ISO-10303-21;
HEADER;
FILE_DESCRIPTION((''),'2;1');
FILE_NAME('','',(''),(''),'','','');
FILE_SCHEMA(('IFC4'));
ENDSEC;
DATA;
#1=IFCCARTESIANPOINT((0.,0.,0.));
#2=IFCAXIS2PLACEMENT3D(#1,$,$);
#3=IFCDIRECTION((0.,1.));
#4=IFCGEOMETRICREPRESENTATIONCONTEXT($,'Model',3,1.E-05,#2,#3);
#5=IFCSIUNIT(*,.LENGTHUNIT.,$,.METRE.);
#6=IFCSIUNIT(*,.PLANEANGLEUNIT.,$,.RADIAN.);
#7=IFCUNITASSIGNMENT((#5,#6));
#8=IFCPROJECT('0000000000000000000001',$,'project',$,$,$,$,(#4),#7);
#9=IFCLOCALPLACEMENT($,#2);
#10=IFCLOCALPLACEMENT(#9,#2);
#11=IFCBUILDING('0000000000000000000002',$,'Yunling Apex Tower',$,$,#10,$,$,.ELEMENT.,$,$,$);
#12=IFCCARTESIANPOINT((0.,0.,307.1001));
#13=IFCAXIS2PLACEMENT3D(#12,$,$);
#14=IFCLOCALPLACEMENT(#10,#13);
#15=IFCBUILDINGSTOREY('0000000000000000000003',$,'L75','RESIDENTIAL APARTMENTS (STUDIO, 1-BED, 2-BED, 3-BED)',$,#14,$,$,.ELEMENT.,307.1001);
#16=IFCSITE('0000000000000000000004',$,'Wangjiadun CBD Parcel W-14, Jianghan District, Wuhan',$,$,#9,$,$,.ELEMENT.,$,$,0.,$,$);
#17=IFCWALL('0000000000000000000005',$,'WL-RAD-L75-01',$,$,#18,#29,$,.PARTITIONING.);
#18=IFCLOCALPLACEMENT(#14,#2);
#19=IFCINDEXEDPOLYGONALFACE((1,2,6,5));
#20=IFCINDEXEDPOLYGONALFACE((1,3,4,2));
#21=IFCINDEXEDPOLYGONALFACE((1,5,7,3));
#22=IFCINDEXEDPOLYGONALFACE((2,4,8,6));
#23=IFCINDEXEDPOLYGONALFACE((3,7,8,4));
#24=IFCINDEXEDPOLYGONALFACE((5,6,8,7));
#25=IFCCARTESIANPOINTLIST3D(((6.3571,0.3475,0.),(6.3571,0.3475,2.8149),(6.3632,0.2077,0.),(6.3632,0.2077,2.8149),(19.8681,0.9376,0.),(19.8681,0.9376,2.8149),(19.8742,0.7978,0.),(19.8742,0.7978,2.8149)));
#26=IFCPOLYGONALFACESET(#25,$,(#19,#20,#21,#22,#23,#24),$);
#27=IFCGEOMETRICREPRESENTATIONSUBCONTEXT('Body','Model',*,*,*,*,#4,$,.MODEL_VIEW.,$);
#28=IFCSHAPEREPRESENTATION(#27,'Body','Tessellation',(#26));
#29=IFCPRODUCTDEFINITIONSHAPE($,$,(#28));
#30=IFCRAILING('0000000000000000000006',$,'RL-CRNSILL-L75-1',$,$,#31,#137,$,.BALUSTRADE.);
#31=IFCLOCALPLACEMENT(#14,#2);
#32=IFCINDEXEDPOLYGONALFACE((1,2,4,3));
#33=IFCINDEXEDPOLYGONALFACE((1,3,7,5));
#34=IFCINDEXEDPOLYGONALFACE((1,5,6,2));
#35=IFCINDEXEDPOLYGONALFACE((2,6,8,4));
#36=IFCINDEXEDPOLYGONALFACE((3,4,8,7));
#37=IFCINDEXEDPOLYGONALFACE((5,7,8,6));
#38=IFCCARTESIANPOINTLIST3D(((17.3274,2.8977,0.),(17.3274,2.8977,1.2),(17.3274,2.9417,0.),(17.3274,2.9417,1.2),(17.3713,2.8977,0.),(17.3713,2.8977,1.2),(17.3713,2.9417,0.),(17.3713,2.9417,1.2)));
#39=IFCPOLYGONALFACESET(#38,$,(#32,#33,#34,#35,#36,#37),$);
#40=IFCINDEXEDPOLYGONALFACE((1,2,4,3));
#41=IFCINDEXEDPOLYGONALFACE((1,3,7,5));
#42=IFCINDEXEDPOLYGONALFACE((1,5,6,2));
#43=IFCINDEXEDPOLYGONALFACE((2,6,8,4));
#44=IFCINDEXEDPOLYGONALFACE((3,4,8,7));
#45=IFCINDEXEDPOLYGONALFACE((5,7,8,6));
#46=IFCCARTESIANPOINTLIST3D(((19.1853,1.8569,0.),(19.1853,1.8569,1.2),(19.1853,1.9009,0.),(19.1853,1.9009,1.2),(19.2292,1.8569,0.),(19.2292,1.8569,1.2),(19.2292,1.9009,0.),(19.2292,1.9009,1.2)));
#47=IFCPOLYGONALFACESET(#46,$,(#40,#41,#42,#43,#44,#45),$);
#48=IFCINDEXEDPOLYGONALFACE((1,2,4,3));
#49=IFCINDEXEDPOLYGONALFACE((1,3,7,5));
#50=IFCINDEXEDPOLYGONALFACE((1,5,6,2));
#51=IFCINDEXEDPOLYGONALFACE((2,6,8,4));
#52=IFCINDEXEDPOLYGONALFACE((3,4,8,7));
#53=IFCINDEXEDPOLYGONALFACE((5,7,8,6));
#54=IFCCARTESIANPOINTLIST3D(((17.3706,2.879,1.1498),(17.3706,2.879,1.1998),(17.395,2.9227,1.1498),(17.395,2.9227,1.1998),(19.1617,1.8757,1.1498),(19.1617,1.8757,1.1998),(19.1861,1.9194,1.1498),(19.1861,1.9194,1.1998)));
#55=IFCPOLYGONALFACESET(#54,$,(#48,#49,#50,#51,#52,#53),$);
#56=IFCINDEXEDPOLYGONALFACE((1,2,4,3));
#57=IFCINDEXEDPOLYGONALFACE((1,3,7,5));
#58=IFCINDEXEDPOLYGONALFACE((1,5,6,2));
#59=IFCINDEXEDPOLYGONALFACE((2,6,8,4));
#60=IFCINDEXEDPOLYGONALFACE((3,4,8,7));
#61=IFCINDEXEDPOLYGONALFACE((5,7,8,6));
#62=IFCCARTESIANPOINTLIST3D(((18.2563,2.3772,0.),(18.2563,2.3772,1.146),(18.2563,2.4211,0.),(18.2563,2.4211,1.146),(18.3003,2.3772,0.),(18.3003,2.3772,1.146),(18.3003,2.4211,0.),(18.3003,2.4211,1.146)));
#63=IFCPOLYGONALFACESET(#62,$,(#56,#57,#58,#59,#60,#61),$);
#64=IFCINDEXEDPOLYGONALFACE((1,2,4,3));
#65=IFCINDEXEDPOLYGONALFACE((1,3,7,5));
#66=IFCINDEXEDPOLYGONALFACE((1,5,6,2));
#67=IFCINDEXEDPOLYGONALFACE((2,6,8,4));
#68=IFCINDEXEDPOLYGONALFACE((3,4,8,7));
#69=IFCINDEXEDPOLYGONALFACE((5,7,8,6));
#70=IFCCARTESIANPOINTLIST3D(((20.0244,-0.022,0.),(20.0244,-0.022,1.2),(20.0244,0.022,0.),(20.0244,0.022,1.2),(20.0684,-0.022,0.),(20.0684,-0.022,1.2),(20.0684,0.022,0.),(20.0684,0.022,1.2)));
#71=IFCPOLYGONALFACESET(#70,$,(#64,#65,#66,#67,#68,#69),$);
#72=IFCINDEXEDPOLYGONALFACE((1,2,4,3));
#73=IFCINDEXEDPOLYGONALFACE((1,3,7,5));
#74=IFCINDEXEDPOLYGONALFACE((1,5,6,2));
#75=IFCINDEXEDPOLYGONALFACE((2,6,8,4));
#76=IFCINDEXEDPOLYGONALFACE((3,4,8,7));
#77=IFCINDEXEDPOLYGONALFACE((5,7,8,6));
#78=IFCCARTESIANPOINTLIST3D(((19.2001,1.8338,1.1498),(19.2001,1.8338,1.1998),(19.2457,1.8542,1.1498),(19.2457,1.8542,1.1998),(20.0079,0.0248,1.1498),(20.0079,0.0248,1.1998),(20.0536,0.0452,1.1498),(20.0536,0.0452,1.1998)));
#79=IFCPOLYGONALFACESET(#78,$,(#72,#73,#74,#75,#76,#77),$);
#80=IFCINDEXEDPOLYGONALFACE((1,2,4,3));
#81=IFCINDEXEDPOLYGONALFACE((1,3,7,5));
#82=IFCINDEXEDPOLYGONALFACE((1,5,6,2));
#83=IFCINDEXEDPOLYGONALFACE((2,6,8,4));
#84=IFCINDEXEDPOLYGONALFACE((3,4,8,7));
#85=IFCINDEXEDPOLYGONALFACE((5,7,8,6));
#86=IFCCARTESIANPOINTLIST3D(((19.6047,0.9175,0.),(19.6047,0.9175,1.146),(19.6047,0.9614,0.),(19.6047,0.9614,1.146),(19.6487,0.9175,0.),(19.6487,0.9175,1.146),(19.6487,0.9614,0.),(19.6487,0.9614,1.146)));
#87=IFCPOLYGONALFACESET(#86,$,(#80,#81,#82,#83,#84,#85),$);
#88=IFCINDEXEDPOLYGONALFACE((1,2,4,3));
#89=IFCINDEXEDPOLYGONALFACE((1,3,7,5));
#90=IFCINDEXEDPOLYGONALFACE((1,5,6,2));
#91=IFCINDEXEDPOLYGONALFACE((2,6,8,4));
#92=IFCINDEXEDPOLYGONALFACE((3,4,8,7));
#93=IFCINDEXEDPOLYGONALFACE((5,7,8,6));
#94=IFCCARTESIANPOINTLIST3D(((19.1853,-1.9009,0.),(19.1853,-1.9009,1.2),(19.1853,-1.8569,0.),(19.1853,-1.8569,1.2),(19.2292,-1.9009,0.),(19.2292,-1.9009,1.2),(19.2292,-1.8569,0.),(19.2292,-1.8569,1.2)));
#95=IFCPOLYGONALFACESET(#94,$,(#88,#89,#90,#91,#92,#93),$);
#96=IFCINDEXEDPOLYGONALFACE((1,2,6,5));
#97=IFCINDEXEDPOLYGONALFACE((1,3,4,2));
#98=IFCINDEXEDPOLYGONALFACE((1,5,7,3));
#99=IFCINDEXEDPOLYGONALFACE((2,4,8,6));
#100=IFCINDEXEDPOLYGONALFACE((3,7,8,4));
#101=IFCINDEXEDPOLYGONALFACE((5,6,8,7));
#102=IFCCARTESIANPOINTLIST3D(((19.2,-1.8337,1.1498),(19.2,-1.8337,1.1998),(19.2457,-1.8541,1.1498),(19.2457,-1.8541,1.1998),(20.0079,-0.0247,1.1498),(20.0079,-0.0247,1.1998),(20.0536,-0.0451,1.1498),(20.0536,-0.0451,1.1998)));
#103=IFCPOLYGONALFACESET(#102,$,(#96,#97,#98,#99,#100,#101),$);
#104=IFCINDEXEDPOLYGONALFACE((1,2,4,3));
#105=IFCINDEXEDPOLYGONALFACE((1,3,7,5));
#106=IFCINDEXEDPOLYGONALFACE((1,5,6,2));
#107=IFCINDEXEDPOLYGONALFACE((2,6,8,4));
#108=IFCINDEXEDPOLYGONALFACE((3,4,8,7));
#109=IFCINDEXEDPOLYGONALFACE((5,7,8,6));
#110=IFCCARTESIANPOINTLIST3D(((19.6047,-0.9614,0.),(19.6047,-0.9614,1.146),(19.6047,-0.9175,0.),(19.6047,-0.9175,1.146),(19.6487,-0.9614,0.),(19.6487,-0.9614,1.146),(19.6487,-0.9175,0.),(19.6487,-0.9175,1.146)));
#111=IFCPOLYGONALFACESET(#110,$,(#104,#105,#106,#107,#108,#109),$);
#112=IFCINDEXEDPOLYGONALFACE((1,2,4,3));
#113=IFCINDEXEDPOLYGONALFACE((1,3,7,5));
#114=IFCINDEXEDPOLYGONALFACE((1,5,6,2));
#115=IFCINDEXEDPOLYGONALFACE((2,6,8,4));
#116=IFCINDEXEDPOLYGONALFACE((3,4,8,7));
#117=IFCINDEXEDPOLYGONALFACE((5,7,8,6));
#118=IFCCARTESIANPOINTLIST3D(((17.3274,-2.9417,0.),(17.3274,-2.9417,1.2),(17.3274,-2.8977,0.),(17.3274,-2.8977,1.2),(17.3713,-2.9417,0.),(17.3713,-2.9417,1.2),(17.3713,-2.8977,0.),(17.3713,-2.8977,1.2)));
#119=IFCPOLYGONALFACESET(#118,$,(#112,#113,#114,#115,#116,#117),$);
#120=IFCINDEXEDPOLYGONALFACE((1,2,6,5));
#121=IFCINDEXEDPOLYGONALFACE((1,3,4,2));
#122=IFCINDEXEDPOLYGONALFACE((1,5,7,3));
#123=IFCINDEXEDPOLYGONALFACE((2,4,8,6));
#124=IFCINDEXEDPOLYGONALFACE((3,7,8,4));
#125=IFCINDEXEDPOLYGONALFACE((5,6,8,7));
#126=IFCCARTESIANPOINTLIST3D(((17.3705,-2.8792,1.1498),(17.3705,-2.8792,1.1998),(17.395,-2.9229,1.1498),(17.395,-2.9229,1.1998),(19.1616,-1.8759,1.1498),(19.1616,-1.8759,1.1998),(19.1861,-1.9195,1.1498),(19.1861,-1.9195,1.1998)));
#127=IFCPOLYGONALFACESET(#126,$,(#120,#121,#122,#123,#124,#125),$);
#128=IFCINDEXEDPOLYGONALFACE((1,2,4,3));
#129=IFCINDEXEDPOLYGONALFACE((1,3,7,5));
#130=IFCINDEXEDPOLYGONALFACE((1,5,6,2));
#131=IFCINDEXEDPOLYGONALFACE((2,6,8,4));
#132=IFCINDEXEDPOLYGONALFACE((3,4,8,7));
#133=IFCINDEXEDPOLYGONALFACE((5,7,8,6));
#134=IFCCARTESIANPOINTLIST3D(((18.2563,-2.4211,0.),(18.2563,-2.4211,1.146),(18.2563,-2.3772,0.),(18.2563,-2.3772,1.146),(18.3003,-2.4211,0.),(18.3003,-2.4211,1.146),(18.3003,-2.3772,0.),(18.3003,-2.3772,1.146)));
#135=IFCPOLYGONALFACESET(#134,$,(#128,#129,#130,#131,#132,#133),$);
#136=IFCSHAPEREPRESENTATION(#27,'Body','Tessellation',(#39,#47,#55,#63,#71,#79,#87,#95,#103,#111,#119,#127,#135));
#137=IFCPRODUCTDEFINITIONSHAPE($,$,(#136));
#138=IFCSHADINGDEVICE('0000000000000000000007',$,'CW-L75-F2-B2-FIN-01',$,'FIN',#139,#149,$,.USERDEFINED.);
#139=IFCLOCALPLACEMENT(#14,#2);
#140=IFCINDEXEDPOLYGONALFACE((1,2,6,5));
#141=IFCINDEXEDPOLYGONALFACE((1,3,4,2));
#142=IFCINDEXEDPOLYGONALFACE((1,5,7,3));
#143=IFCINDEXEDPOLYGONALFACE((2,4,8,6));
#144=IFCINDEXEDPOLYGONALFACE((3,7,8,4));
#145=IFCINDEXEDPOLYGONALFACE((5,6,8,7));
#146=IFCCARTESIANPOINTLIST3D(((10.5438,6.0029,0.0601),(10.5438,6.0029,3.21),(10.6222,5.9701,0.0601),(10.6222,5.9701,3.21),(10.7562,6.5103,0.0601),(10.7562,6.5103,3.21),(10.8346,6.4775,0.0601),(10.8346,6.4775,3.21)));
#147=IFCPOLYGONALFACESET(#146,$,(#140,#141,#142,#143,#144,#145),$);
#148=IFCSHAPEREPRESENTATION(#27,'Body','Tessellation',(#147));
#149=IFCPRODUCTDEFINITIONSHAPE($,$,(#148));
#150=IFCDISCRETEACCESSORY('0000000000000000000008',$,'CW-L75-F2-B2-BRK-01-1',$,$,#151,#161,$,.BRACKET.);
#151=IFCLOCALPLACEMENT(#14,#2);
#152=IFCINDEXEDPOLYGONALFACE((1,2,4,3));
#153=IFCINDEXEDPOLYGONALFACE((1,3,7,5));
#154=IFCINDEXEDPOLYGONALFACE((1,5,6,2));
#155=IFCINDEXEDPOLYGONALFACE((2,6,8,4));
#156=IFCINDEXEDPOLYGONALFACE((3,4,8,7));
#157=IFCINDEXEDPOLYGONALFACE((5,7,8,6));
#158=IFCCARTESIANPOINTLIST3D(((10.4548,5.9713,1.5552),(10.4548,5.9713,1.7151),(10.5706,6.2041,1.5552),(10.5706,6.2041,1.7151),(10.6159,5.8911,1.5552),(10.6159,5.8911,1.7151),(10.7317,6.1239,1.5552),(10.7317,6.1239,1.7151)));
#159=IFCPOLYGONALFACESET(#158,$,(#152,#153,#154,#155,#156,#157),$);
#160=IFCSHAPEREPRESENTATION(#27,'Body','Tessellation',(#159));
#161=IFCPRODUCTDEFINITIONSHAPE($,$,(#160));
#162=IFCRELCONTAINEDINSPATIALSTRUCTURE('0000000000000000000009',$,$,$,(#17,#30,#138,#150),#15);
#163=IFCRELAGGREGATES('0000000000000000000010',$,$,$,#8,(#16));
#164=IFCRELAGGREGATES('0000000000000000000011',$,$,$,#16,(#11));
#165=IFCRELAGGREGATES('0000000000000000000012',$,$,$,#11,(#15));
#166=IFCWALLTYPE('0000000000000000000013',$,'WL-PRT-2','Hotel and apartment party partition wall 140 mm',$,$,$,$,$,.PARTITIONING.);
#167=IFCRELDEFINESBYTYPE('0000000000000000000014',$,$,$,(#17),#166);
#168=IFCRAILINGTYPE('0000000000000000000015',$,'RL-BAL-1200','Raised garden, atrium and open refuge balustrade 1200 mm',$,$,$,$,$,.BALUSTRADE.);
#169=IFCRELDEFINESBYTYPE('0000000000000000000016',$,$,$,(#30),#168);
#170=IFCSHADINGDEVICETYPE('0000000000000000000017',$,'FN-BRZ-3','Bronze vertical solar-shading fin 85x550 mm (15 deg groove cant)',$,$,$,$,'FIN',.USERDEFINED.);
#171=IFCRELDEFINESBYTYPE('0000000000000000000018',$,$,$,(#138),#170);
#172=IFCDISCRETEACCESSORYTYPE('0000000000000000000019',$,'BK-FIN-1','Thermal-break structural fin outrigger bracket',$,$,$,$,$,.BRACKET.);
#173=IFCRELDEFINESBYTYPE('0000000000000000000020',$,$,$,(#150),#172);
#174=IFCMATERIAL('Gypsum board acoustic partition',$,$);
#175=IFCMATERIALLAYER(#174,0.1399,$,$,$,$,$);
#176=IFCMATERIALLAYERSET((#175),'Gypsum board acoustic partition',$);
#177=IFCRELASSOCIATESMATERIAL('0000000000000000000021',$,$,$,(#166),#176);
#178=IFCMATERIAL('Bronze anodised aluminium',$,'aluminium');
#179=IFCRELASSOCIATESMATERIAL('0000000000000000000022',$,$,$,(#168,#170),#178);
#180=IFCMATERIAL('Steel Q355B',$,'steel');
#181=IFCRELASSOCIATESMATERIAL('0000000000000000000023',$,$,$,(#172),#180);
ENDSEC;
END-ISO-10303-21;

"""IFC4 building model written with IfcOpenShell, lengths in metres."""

from ifc_helpers import new_model, si_unit, direction, frame, frame_2d, origin, origin_2d, place, context, subcontext, project, spatial, rectangle, extrude, source, transform, mapped, material, layer, layer_set, material_profile, profile_set, type_object, element, save


model = new_model("IFC4")

# Units and contexts
model_context = context("Model", 3, precision=1e-05, world=origin(), true_north=direction((0.0, 1.0)))
body_context = subcontext(model_context, "Body", "Model", "MODEL_VIEW")
ifc_project = project(units=[si_unit("LENGTHUNIT", "METRE"), si_unit("PLANEANGLEUNIT", "RADIAN")], contexts=[model_context])

# Site, building, storey
site_placement = place(None, origin())
site = spatial("IfcSite", under=ifc_project, at=site_placement, Name="Wangjiadun CBD Parcel W-14, Jianghan District, Wuhan", CompositionType="ELEMENT", RefElevation=0.0)
building_placement = place(site_placement, origin())
building = spatial("IfcBuilding", under=site, at=building_placement, Name="Yunling Apex Tower", CompositionType="ELEMENT")
storey_placement = place(building_placement, frame((0.0, 0.0, 307.1001)))
storey = spatial("IfcBuildingStorey", under=building, at=storey_placement, Name="L75", Description="RESIDENTIAL APARTMENTS (STUDIO, 1-BED, 2-BED, 3-BED)", CompositionType="ELEMENT", Elevation=307.1001)

# Shared definitions
ifc_material_1 = material(Name="Steel Q355B", Category="steel")

# Shared definitions
ifc_material_2 = material(Name="Bronze anodised aluminium", Category="aluminium")

# Wall
ifc_material_3 = material(Name="Gypsum board acoustic partition")
ifc_layer_1 = layer(ifc_material_3, 0.1399)
ifc_layer_set_1 = layer_set([ifc_layer_1], Name="Gypsum board acoustic partition")
wall_type = type_object("IfcWallType", Name="WL-PRT-2", Description="Hotel and apartment party partition wall 140 mm", PredefinedType="PARTITIONING", material=ifc_layer_set_1)
wall_placement = place(storey_placement, frame((6.3601, 0.2776, 0.0), z_axis=(0.0, 0.0, 1.0), x_axis=(0.999048, 0.043633, 0.0)))
element("IfcWall", 1, at=wall_placement, inside=storey, type_object=wall_type, Name="WL-RAD-L75-01", PredefinedType="PARTITIONING", context=body_context, shape_type="SweptSolid", body=[
    extrude(rectangle(XDim=13.5239, YDim=0.1399, at=frame_2d((6.762, 0.0))), origin(), (0.0, 0.0, 1.0), 2.8149),
])

# Railing
railing_type = type_object("IfcRailingType", Name="RL-BAL-1200", Description="Raised garden, atrium and open refuge balustrade 1200 mm", PredefinedType="BALUSTRADE", material=ifc_material_2)
railing_placement = place(storey_placement, frame((17.3494, 2.9197, 0.0)))
element("IfcRailing", 2, at=railing_placement, inside=storey, type_object=railing_type, Name="RL-CRNSILL-L75-1", PredefinedType="BALUSTRADE", context=body_context, shape_type="SweptSolid", body=[
    extrude(rectangle(XDim=0.0439, YDim=0.0439, at=origin_2d()), origin(), (0.0, 0.0, 1.0), 1.2),
    extrude(rectangle(XDim=0.0439, YDim=0.0439, at=origin_2d()), frame((1.8579, -1.0408, 0.0)), (0.0, 0.0, 1.0), 1.2),
    extrude(rectangle(XDim=0.05, YDim=0.05, at=origin_2d()), frame((0.0334, -0.0188, 1.1748), z_axis=(0.872438, -0.488726, 0.0), x_axis=(0.488726, 0.872438, 0.0)), (0.0, 0.0, 1.0), 2.053),
    extrude(rectangle(XDim=0.0439, YDim=0.0439, at=origin_2d()), frame((0.929, -0.5205, 0.0)), (0.0, 0.0, 1.0), 1.146),
    extrude(rectangle(XDim=0.0439, YDim=0.0439, at=origin_2d()), frame((2.697, -2.9197, 0.0)), (0.0, 0.0, 1.0), 1.2),
    extrude(rectangle(XDim=0.05, YDim=0.05, at=origin_2d()), frame((1.8735, -1.0757, 1.1748), z_axis=(0.407778, -0.913081, 0.0), x_axis=(0.913081, 0.407778, 0.0)), (0.0, 0.0, 1.0), 1.9812),
    extrude(rectangle(XDim=0.0439, YDim=0.0439, at=origin_2d()), frame((2.2773, -1.9802, 0.0)), (0.0, 0.0, 1.0), 1.146),
    extrude(rectangle(XDim=0.0439, YDim=0.0439, at=origin_2d()), frame((1.8579, -4.7986, 0.0)), (0.0, 0.0, 1.0), 1.2),
    extrude(rectangle(XDim=0.05, YDim=0.05, at=origin_2d()), frame((2.6814, -2.9546, 1.1748), z_axis=(-0.407778, -0.913081, 0.0), x_axis=(0.913081, -0.407778, 0.0)), (0.0, 0.0, 1.0), 1.9812),
    extrude(rectangle(XDim=0.0439, YDim=0.0439, at=origin_2d()), frame((2.2773, -3.8591, 0.0)), (0.0, 0.0, 1.0), 1.146),
    extrude(rectangle(XDim=0.0439, YDim=0.0439, at=origin_2d()), frame((0.0, -5.8394, 0.0)), (0.0, 0.0, 1.0), 1.2),
    extrude(rectangle(XDim=0.05, YDim=0.05, at=origin_2d()), frame((1.8245, -4.8174, 1.1748), z_axis=(-0.872438, -0.488726, 0.0), x_axis=(0.488726, -0.872438, 0.0)), (0.0, 0.0, 1.0), 2.053),
    extrude(rectangle(XDim=0.0439, YDim=0.0439, at=origin_2d()), frame((0.929, -5.3188, 0.0)), (0.0, 0.0, 1.0), 1.146),
])

# Shading device
ifc_material_profile_1 = material_profile(ifc_material_2, rectangle(XDim=0.085, YDim=0.55, at=origin_2d()))
ifc_profile_set_1 = profile_set([ifc_material_profile_1], Name="Bronze anodised aluminium")
shading_device_type = type_object("IfcShadingDeviceType", Name="FN-BRZ-3", Description="Bronze vertical solar-shading fin 85x550 mm (15 deg groove cant)", ElementType="FIN", PredefinedType="USERDEFINED", material=ifc_profile_set_1)
shared_shape_1 = source(origin(), body_context, "Body", "SweptSolid", [
    extrude(rectangle(XDim=0.085, YDim=0.55, at=origin_2d()), origin(), (0.0, 0.0, 1.0), 3.1499),
])
shading_device_placement = place(storey_placement, frame((10.6892, 6.2402, 0.0601), z_axis=(0.0, 0.0, 1.0), x_axis=(-0.922471, 0.386067, 0.0)))
element("IfcShadingDevice", 3, at=shading_device_placement, inside=storey, type_object=shading_device_type, Name="CW-L75-F2-B2-FIN-01", ObjectType="FIN", PredefinedType="USERDEFINED", context=body_context, shape_type="MappedRepresentation", body=[
    mapped(shared_shape_1, transform((0.0, 0.0, 0.0), scale=1.0)),
])

# Discrete accessory
discrete_accessory_type = type_object("IfcDiscreteAccessoryType", Name="BK-FIN-1", Description="Thermal-break structural fin outrigger bracket", PredefinedType="BRACKET", material=ifc_material_1)
shared_shape_2 = source(origin(), body_context, "Body", "SweptSolid", [
    extrude(rectangle(XDim=0.1799, YDim=0.26, at=origin_2d()), origin(), (0.0, 0.0, 1.0), 0.1599),
])
discrete_accessory_placement = place(storey_placement, frame((10.5933, 6.0476, 1.5552), z_axis=(0.0, 0.0, 1.0), x_axis=(-0.895246, 0.445573, 0.0)))
element("IfcDiscreteAccessory", 4, at=discrete_accessory_placement, inside=storey, type_object=discrete_accessory_type, Name="CW-L75-F2-B2-BRK-01-1", PredefinedType="BRACKET", context=body_context, shape_type="MappedRepresentation", body=[
    mapped(shared_shape_2, transform((0.0, 0.0, 0.0), scale=1.0)),
])

save(model, "model.ifc")
